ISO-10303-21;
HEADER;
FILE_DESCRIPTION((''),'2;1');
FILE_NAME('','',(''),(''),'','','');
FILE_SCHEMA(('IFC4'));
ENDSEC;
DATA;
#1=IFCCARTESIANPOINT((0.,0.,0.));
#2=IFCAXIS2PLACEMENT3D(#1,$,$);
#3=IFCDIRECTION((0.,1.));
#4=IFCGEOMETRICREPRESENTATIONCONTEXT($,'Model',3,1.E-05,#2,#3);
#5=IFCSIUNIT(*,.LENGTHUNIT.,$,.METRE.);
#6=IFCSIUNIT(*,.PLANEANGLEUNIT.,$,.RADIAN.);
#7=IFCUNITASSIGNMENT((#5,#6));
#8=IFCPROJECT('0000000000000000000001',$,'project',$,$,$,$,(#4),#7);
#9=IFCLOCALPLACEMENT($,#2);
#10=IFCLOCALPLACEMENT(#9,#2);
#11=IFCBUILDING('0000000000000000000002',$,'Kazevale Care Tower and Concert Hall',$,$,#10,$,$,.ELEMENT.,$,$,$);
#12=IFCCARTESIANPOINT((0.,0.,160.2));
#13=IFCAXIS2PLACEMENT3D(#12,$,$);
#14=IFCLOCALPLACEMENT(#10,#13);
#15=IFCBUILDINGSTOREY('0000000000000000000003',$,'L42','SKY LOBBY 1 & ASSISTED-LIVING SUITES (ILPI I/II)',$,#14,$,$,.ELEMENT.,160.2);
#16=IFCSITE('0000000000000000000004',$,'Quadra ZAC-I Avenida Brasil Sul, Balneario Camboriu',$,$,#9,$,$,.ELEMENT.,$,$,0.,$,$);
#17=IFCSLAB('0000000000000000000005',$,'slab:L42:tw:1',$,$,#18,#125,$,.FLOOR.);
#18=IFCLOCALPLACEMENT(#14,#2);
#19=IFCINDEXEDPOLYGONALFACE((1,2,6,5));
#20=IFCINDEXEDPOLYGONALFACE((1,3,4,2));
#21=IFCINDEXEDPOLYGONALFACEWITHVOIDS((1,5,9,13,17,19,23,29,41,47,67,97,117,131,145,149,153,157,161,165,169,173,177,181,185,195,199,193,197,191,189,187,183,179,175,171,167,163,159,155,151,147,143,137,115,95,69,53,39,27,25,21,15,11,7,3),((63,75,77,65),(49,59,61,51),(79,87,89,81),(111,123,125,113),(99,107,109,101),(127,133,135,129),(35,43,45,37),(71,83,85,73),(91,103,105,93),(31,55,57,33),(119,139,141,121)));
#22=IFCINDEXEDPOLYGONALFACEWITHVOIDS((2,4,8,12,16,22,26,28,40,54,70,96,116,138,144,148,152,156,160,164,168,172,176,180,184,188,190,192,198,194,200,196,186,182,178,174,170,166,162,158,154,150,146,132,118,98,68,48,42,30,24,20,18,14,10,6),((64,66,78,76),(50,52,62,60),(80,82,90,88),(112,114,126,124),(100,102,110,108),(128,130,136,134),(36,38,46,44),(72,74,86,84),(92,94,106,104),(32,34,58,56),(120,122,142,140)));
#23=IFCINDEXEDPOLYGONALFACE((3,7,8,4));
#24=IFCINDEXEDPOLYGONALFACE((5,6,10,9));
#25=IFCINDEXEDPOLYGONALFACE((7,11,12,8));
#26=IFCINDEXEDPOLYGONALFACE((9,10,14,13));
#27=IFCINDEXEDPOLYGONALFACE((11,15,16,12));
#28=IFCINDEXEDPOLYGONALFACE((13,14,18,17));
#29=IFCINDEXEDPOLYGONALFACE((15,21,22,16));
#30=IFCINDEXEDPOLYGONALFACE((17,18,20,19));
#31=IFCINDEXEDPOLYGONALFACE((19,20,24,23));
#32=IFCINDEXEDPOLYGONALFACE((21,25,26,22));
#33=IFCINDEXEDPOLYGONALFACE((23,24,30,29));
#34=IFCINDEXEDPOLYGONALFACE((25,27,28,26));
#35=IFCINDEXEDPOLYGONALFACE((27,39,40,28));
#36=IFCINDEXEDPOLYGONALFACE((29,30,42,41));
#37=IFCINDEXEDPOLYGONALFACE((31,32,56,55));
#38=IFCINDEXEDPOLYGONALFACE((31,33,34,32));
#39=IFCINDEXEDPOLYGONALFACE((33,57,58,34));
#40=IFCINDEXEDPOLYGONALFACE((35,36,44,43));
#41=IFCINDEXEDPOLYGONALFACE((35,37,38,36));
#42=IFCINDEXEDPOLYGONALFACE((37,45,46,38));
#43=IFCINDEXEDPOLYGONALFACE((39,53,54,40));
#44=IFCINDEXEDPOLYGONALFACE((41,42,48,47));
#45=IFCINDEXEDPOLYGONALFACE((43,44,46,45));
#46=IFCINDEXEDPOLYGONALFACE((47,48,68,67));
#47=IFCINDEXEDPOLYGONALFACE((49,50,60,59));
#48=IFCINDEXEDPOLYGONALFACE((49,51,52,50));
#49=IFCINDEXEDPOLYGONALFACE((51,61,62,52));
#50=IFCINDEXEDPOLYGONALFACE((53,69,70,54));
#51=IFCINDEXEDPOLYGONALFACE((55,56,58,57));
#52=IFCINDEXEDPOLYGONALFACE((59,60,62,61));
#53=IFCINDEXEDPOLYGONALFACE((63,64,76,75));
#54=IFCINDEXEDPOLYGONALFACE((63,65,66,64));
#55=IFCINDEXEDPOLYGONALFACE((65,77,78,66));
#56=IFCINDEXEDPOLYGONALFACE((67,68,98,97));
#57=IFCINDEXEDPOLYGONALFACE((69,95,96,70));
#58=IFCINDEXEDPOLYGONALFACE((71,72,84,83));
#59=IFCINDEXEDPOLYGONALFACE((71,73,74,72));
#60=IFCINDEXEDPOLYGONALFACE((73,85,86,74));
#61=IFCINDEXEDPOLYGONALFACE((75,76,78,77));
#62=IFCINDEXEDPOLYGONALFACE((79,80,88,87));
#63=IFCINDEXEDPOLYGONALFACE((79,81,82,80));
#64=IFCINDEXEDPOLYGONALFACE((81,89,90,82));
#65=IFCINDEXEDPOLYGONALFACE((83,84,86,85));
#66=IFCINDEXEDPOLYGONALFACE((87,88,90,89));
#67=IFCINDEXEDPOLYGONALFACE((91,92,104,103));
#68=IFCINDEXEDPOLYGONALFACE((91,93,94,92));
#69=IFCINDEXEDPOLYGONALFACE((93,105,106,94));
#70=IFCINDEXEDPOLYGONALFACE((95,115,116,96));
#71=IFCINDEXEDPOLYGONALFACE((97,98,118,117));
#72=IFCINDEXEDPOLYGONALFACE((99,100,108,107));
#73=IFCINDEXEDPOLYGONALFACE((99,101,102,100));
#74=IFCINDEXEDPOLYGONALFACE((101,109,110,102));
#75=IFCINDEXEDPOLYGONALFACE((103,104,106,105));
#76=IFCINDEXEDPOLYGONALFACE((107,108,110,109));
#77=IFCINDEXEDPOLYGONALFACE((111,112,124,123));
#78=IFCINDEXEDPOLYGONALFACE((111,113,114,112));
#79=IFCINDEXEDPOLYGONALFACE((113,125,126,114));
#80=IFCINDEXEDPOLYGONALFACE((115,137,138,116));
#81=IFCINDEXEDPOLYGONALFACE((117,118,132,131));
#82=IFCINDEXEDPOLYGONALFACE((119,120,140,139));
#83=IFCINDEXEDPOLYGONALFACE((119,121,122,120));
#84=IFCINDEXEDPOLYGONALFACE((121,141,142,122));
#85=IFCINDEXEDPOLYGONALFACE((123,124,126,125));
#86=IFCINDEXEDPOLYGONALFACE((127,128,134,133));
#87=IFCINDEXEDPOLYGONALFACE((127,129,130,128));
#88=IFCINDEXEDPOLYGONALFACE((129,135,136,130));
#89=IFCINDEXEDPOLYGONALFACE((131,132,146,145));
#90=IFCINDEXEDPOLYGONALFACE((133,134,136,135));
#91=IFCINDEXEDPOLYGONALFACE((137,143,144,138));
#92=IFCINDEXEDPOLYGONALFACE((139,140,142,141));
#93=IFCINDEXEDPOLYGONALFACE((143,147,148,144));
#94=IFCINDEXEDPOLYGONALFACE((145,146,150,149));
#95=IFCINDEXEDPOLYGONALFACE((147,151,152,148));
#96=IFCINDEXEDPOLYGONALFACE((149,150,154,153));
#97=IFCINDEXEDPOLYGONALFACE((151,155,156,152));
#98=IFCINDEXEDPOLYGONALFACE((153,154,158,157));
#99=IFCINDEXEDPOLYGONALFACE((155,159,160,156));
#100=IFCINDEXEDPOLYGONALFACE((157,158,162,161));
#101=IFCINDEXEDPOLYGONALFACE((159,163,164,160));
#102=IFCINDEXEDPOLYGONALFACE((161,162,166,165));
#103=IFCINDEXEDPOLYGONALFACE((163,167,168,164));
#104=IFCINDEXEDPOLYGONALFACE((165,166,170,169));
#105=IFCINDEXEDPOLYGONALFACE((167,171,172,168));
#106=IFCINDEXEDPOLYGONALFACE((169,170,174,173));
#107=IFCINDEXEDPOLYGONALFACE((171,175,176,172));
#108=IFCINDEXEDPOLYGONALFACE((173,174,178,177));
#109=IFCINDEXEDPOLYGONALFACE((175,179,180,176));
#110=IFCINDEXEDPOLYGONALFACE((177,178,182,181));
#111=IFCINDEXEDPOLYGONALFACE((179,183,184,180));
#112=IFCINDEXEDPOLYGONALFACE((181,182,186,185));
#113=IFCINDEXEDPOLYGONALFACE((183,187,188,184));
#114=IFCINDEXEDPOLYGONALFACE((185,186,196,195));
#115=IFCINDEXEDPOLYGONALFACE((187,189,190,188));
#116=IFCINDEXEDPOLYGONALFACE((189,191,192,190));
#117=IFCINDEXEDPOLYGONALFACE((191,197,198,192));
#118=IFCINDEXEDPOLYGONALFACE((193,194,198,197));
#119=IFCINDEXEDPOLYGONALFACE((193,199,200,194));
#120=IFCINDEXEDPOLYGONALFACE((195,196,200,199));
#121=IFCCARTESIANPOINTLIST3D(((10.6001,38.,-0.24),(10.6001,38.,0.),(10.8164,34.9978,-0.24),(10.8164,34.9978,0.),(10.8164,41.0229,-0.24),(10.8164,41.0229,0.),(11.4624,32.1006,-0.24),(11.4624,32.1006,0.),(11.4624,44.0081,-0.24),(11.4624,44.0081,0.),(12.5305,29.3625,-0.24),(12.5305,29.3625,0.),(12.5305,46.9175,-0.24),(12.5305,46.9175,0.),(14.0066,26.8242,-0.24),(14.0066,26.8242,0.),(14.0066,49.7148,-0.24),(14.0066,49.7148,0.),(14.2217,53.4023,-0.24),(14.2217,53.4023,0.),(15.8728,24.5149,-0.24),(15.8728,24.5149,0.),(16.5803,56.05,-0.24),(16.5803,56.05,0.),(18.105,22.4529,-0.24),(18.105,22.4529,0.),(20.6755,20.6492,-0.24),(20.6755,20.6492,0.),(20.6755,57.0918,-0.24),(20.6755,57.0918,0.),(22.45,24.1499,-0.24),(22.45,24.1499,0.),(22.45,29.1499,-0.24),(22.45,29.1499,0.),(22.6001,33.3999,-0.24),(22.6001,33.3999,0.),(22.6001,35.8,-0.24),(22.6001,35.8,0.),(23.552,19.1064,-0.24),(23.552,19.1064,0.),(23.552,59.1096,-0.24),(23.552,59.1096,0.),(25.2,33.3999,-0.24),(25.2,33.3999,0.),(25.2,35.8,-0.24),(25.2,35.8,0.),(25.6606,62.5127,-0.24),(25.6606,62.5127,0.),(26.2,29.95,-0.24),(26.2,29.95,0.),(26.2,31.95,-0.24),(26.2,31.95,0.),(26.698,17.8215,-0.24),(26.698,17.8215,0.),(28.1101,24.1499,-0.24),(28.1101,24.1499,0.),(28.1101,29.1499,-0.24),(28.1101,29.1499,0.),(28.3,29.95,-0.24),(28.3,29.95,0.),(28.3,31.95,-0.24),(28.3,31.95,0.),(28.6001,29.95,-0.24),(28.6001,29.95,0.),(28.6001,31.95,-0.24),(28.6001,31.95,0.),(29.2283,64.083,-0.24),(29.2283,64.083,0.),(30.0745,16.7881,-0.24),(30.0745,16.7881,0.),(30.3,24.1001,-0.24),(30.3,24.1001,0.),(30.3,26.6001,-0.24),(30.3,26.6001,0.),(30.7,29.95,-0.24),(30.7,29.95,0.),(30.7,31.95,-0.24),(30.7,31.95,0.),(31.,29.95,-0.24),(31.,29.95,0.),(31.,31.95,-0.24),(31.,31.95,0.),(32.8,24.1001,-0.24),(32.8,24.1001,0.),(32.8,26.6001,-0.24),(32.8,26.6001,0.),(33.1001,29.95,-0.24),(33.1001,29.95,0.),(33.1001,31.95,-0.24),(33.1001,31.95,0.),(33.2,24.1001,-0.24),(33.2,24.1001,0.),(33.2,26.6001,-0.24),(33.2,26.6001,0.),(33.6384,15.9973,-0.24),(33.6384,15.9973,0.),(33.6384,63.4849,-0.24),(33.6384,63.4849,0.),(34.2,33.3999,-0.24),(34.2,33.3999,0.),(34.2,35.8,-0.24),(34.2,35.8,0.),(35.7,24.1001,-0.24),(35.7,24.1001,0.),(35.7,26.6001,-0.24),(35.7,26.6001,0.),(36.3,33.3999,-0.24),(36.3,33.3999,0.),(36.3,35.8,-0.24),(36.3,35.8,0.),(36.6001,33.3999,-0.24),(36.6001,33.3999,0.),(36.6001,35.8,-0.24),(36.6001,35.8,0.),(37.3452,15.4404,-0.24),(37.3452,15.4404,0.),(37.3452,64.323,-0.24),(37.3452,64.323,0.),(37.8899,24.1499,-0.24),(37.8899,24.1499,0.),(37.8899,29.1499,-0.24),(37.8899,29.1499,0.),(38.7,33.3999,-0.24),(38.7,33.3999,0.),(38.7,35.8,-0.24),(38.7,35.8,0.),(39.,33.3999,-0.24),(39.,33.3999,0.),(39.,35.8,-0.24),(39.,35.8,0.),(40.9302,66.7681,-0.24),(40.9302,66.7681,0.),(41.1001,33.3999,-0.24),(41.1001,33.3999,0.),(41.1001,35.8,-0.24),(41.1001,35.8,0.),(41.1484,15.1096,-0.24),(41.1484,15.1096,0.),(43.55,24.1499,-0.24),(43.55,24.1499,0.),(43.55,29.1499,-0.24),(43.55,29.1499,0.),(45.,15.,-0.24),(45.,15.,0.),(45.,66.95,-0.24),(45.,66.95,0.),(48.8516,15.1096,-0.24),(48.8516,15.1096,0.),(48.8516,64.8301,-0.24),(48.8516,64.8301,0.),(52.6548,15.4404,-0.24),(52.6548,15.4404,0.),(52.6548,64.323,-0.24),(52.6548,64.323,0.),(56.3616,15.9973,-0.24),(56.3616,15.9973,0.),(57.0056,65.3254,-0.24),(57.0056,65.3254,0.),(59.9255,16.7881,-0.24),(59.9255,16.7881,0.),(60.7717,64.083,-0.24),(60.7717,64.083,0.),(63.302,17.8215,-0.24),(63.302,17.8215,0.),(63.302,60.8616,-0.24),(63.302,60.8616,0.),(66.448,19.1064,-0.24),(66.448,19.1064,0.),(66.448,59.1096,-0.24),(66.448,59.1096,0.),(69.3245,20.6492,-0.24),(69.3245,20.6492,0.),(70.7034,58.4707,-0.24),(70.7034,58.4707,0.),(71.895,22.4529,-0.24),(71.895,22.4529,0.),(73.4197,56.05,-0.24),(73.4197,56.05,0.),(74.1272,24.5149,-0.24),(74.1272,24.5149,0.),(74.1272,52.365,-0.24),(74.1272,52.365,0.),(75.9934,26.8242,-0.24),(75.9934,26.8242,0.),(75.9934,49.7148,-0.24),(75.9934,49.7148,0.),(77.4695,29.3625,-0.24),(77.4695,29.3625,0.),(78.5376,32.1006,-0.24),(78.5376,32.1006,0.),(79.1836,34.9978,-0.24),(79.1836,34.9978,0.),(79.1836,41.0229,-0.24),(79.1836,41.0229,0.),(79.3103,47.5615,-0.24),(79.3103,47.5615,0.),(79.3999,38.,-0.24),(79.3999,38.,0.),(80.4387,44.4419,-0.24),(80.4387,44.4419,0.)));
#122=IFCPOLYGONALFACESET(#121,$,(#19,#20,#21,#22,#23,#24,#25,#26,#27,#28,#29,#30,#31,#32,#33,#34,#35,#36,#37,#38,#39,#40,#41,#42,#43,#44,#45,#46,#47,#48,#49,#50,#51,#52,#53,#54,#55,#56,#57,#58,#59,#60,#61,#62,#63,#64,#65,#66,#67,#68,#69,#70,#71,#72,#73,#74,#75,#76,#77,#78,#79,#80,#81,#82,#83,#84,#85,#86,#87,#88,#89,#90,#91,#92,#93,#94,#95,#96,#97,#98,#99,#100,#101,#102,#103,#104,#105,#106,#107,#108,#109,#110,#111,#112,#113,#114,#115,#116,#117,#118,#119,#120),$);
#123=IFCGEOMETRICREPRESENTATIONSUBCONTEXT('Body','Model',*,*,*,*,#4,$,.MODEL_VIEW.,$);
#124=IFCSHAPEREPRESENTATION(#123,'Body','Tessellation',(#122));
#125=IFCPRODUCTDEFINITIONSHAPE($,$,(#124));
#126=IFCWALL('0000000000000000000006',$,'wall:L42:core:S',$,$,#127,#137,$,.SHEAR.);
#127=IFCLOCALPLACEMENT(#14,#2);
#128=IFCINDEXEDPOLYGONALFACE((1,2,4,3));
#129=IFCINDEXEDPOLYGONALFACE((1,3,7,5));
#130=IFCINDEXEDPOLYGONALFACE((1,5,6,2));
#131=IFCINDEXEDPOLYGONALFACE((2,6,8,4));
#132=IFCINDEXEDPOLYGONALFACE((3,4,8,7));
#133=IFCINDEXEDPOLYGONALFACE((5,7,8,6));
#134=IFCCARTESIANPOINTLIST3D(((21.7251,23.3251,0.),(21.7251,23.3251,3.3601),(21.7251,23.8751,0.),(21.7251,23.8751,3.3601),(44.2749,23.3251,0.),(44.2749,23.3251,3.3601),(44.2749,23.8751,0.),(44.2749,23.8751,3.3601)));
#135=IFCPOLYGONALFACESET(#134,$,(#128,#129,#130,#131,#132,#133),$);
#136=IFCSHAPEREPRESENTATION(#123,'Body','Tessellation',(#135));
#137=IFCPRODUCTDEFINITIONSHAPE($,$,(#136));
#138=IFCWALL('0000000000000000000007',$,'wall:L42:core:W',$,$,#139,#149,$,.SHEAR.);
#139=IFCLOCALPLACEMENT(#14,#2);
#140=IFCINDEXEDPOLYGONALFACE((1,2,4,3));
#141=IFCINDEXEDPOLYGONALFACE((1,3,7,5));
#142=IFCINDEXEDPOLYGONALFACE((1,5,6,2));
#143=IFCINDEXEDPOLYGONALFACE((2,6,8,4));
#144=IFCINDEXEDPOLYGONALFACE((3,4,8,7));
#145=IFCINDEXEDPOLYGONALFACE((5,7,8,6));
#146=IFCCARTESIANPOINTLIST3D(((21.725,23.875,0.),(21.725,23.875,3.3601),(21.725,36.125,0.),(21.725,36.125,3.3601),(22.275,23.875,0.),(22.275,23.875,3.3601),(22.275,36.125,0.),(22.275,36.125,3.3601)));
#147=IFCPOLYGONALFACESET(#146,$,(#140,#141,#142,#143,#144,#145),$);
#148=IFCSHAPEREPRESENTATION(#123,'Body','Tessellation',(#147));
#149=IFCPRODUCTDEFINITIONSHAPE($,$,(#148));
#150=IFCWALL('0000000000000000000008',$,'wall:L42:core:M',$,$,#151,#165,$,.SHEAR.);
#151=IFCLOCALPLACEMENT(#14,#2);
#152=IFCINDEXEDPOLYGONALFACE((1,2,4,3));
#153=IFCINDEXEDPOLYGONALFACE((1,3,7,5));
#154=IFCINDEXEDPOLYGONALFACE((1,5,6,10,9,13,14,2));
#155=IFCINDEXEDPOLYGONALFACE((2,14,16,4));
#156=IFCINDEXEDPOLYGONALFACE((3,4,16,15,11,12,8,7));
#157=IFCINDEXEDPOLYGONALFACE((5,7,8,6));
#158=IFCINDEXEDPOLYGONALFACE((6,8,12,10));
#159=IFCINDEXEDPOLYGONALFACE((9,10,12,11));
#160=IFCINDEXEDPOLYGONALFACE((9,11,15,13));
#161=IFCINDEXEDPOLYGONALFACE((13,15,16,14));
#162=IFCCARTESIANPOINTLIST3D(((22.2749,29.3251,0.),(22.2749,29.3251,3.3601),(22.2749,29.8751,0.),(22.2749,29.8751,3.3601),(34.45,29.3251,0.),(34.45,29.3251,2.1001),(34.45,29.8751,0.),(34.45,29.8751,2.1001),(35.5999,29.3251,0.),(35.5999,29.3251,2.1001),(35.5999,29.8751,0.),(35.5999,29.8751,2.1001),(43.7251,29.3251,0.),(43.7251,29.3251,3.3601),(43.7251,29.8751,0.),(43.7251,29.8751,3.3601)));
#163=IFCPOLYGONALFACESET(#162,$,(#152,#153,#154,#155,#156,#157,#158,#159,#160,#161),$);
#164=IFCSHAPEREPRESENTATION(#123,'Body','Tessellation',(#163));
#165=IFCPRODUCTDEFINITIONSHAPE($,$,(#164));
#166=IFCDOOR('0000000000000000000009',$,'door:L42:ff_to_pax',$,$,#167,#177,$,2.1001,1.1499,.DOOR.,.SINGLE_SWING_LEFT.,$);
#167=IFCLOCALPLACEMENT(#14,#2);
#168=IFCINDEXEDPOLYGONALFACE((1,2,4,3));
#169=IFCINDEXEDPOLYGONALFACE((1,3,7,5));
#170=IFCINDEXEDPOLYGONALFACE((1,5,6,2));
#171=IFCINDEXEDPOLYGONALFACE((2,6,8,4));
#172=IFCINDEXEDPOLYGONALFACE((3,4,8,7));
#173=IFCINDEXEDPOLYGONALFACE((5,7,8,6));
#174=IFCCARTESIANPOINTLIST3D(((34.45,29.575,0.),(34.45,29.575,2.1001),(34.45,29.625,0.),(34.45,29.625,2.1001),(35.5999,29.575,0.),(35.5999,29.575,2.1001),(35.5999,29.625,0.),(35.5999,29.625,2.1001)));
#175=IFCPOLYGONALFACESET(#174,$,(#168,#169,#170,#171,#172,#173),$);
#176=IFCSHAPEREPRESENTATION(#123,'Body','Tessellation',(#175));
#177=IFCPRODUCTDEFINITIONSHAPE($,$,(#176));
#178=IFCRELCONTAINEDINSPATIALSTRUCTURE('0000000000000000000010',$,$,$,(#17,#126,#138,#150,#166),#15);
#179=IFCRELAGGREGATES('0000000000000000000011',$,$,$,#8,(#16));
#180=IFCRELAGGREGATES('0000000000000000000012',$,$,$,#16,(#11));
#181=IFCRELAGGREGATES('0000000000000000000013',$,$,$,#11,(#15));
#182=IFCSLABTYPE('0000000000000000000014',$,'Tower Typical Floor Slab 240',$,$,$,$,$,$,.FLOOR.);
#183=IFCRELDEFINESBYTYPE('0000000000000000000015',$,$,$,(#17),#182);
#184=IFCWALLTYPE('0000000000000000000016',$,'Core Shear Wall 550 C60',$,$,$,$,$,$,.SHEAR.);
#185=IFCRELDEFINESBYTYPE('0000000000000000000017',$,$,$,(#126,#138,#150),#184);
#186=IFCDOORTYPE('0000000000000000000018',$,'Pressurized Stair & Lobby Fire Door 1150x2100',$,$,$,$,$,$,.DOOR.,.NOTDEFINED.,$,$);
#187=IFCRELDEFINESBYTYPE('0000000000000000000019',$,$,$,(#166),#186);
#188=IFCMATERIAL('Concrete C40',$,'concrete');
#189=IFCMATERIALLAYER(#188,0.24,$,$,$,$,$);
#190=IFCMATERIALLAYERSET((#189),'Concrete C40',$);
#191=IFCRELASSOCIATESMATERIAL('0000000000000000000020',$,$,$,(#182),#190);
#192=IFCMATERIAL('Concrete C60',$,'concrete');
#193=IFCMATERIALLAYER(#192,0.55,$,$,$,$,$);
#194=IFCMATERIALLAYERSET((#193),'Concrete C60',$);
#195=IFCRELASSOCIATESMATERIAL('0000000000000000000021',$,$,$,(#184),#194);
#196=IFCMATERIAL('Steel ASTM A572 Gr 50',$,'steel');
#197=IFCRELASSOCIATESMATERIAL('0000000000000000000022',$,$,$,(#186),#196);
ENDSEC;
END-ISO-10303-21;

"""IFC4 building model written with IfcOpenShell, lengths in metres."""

from ifc_helpers import new_model, si_unit, direction, frame, frame_2d, origin, place, context, subcontext, project, spatial, polyline, rectangle, outline, extrude, material, layer, layer_set, type_object, element, fill, save


model = new_model("IFC4")

# Units and contexts
model_context = context("Model", 3, precision=1e-05, world=origin(), true_north=direction((0.0, 1.0)))
body_context = subcontext(model_context, "Body", "Model", "MODEL_VIEW")
ifc_project = project(units=[si_unit("LENGTHUNIT", "METRE"), si_unit("PLANEANGLEUNIT", "RADIAN")], contexts=[model_context])

# Site, building, storey
site_placement = place(None, origin())
site = spatial("IfcSite", under=ifc_project, at=site_placement, Name="Quadra ZAC-I Avenida Brasil Sul, Balneario Camboriu", CompositionType="ELEMENT", RefElevation=0.0)
building_placement = place(site_placement, origin())
building = spatial("IfcBuilding", under=site, at=building_placement, Name="Kazevale Care Tower and Concert Hall", CompositionType="ELEMENT")
storey_placement = place(building_placement, frame((0.0, 0.0, 160.2)))
storey = spatial("IfcBuildingStorey", under=building, at=storey_placement, Name="L42", Description="SKY LOBBY 1 & ASSISTED-LIVING SUITES (ILPI I/II)", CompositionType="ELEMENT", Elevation=160.2)

# Shared definitions
ifc_material_1 = material(Name="Concrete C60", Category="concrete")

# Shared definitions
ifc_material_2 = material(Name="Steel ASTM A572 Gr 50", Category="steel")

# Shared definitions
ifc_material_3 = material(Name="Concrete C40", Category="concrete")

# Slab
ifc_layer_1 = layer(ifc_material_3, 0.24)
ifc_layer_set_1 = layer_set([ifc_layer_1], Name="Concrete C40")
slab_type_1 = type_object("IfcSlabType", Name="Tower Typical Floor Slab 240", PredefinedType="FLOOR", material=ifc_layer_set_1)
slab_1_placement = place(storey_placement, frame((0.0, 0.0, -0.24)))
element("IfcSlab", 1, at=slab_1_placement, inside=storey, type_object=slab_type_1, Name="slab:L42:tw:1", PredefinedType="FLOOR", context=body_context, shape_type="SweptSolid", body=[
    extrude(outline(polyline([(79.3999, 38.0), (79.1836, 41.0229), (80.4387, 44.4419), (79.3103, 47.5615), (75.9934, 49.7148), (74.1272, 52.365), (73.4197, 56.05), (70.7034, 58.4707), (66.448, 59.1096), (63.302, 60.8616), (60.7717, 64.083), (57.0056, 65.3254), (52.6548, 64.323), (48.8516, 64.8301), (45.0, 66.95), (40.9302, 66.7681), (37.3452, 64.323), (33.6384, 63.4849), (29.2283, 64.083), (25.6606, 62.5127), (23.552, 59.1096), (20.6755, 57.0918), (16.5803, 56.05), (14.2217, 53.4023), (14.0066, 49.7148), (12.5305, 46.9175), (11.4624, 44.0081), (10.8164, 41.0229), (10.6001, 38.0), (10.8164, 34.9978), (11.4624, 32.1006), (12.5305, 29.3625), (14.0066, 26.8242), (15.8728, 24.5149), (18.105, 22.4529), (20.6755, 20.6492), (23.552, 19.1064), (26.698, 17.8215), (30.0745, 16.7881), (33.6384, 15.9973), (37.3452, 15.4404), (41.1484, 15.1096), (45.0, 15.0), (48.8516, 15.1096), (52.6548, 15.4404), (56.3616, 15.9973), (59.9255, 16.7881), (63.302, 17.8215), (66.448, 19.1064), (69.3245, 20.6492), (71.895, 22.4529), (74.1272, 24.5149), (75.9934, 26.8242), (77.4695, 29.3625), (78.5376, 32.1006), (79.1836, 34.9978), (79.3999, 38.0)]), holes=[polyline([(22.45, 24.1499), (28.1101, 24.1499), (28.1101, 29.1499), (22.45, 29.1499), (22.45, 24.1499)]), polyline([(37.8899, 24.1499), (43.55, 24.1499), (43.55, 29.1499), (37.8899, 29.1499), (37.8899, 24.1499)]), polyline([(30.3, 24.1001), (32.8, 24.1001), (32.8, 26.6001), (30.3, 26.6001), (30.3, 24.1001)]), polyline([(33.2, 24.1001), (35.7, 24.1001), (35.7, 26.6001), (33.2, 26.6001), (33.2, 24.1001)]), polyline([(22.6001, 33.3999), (25.2, 33.3999), (25.2, 35.8), (22.6001, 35.8), (22.6001, 33.3999)]), polyline([(34.2, 33.3999), (36.3, 33.3999), (36.3, 35.8), (34.2, 35.8), (34.2, 33.3999)]), polyline([(36.6001, 33.3999), (38.7, 33.3999), (38.7, 35.8), (36.6001, 35.8), (36.6001, 33.3999)]), polyline([(39.0, 33.3999), (41.1001, 33.3999), (41.1001, 35.8), (39.0, 35.8), (39.0, 33.3999)]), polyline([(26.2, 29.95), (28.3, 29.95), (28.3, 31.95), (26.2, 31.95), (26.2, 29.95)]), polyline([(28.6001, 29.95), (30.7, 29.95), (30.7, 31.95), (28.6001, 31.95), (28.6001, 29.95)]), polyline([(31.0, 29.95), (33.1001, 29.95), (33.1001, 31.95), (31.0, 31.95), (31.0, 29.95)])]), origin(), (0.0, 0.0, 1.0), 0.24),
])

# Walls
ifc_layer_2 = layer(ifc_material_1, 0.55)
ifc_layer_set_2 = layer_set([ifc_layer_2], Name="Concrete C60")
wall_type_1 = type_object("IfcWallType", Name="Core Shear Wall 550 C60", PredefinedType="SHEAR", material=ifc_layer_set_2)
wall_1_placement = place(storey_placement, frame((21.7251, 23.6001, 0.0), z_axis=(0.0, 0.0, 1.0), x_axis=(1.0, 0.0, 0.0)))
element("IfcWall", 2, at=wall_1_placement, inside=storey, type_object=wall_type_1, Name="wall:L42:core:S", PredefinedType="SHEAR", context=body_context, shape_type="SweptSolid", body=[
    extrude(rectangle(XDim=22.5498, YDim=0.55, at=frame_2d((11.2749, 0.0))), origin(), (0.0, 0.0, 1.0), 3.3601),
])
wall_2_placement = place(storey_placement, frame((22.0, 23.875, 0.0), z_axis=(0.0, 0.0, 1.0), x_axis=(0.0, 1.0, 0.0)))
element("IfcWall", 3, at=wall_2_placement, inside=storey, type_object=wall_type_1, Name="wall:L42:core:W", PredefinedType="SHEAR", context=body_context, shape_type="SweptSolid", body=[
    extrude(rectangle(XDim=12.25, YDim=0.55, at=frame_2d((6.125, 0.0))), origin(), (0.0, 0.0, 1.0), 3.3601),
])

# Wall, opening, door
wall_3_placement = place(storey_placement, frame((22.2749, 29.6001, 0.0), z_axis=(0.0, 0.0, 1.0), x_axis=(1.0, 0.0, 0.0)))
wall_3 = element("IfcWall", 4, at=wall_3_placement, inside=storey, type_object=wall_type_1, Name="wall:L42:core:M", PredefinedType="SHEAR", context=body_context, shape_type="SweptSolid", body=[
    extrude(rectangle(XDim=21.4502, YDim=0.55, at=frame_2d((10.7251, 0.0))), origin(), (0.0, 0.0, 1.0), 3.3601),
])
opening_1_placement = place(wall_3_placement, frame((12.175, 0.0, 0.0)))
opening_1 = element("IfcOpeningElement", 5, at=opening_1_placement, cuts=wall_3, PredefinedType="OPENING", context=body_context, shape_type="SweptSolid", body=[
    extrude(rectangle(XDim=1.1499, YDim=2.1001, at=frame_2d((0.575, 1.05))), frame((0.0, 0.2849, 0.0), z_axis=(0.0, -1.0, 0.0), x_axis=(1.0, 0.0, 0.0)), (0.0, 0.0, 1.0), 0.5701),
])
door_type_1 = type_object("IfcDoorType", Name="Pressurized Stair & Lobby Fire Door 1150x2100", OperationType="NOTDEFINED", PredefinedType="DOOR", material=ifc_material_2)
door_1_placement = place(opening_1_placement, origin())
door_1 = element("IfcDoor", 6, at=door_1_placement, inside=storey, type_object=door_type_1, Name="door:L42:ff_to_pax", OperationType="SINGLE_SWING_LEFT", OverallHeight=2.1001, OverallWidth=1.1499, PredefinedType="DOOR", context=body_context, shape_type="SweptSolid", body=[
    extrude(rectangle(XDim=1.1499, YDim=2.1001, at=frame_2d((0.575, 1.05))), frame((0.0, 0.0249, 0.0), z_axis=(0.0, -1.0, 0.0), x_axis=(1.0, 0.0, 0.0)), (0.0, 0.0, 1.0), 0.05),
])
fill(opening_1, door_1)

save(model, "model.ifc")
